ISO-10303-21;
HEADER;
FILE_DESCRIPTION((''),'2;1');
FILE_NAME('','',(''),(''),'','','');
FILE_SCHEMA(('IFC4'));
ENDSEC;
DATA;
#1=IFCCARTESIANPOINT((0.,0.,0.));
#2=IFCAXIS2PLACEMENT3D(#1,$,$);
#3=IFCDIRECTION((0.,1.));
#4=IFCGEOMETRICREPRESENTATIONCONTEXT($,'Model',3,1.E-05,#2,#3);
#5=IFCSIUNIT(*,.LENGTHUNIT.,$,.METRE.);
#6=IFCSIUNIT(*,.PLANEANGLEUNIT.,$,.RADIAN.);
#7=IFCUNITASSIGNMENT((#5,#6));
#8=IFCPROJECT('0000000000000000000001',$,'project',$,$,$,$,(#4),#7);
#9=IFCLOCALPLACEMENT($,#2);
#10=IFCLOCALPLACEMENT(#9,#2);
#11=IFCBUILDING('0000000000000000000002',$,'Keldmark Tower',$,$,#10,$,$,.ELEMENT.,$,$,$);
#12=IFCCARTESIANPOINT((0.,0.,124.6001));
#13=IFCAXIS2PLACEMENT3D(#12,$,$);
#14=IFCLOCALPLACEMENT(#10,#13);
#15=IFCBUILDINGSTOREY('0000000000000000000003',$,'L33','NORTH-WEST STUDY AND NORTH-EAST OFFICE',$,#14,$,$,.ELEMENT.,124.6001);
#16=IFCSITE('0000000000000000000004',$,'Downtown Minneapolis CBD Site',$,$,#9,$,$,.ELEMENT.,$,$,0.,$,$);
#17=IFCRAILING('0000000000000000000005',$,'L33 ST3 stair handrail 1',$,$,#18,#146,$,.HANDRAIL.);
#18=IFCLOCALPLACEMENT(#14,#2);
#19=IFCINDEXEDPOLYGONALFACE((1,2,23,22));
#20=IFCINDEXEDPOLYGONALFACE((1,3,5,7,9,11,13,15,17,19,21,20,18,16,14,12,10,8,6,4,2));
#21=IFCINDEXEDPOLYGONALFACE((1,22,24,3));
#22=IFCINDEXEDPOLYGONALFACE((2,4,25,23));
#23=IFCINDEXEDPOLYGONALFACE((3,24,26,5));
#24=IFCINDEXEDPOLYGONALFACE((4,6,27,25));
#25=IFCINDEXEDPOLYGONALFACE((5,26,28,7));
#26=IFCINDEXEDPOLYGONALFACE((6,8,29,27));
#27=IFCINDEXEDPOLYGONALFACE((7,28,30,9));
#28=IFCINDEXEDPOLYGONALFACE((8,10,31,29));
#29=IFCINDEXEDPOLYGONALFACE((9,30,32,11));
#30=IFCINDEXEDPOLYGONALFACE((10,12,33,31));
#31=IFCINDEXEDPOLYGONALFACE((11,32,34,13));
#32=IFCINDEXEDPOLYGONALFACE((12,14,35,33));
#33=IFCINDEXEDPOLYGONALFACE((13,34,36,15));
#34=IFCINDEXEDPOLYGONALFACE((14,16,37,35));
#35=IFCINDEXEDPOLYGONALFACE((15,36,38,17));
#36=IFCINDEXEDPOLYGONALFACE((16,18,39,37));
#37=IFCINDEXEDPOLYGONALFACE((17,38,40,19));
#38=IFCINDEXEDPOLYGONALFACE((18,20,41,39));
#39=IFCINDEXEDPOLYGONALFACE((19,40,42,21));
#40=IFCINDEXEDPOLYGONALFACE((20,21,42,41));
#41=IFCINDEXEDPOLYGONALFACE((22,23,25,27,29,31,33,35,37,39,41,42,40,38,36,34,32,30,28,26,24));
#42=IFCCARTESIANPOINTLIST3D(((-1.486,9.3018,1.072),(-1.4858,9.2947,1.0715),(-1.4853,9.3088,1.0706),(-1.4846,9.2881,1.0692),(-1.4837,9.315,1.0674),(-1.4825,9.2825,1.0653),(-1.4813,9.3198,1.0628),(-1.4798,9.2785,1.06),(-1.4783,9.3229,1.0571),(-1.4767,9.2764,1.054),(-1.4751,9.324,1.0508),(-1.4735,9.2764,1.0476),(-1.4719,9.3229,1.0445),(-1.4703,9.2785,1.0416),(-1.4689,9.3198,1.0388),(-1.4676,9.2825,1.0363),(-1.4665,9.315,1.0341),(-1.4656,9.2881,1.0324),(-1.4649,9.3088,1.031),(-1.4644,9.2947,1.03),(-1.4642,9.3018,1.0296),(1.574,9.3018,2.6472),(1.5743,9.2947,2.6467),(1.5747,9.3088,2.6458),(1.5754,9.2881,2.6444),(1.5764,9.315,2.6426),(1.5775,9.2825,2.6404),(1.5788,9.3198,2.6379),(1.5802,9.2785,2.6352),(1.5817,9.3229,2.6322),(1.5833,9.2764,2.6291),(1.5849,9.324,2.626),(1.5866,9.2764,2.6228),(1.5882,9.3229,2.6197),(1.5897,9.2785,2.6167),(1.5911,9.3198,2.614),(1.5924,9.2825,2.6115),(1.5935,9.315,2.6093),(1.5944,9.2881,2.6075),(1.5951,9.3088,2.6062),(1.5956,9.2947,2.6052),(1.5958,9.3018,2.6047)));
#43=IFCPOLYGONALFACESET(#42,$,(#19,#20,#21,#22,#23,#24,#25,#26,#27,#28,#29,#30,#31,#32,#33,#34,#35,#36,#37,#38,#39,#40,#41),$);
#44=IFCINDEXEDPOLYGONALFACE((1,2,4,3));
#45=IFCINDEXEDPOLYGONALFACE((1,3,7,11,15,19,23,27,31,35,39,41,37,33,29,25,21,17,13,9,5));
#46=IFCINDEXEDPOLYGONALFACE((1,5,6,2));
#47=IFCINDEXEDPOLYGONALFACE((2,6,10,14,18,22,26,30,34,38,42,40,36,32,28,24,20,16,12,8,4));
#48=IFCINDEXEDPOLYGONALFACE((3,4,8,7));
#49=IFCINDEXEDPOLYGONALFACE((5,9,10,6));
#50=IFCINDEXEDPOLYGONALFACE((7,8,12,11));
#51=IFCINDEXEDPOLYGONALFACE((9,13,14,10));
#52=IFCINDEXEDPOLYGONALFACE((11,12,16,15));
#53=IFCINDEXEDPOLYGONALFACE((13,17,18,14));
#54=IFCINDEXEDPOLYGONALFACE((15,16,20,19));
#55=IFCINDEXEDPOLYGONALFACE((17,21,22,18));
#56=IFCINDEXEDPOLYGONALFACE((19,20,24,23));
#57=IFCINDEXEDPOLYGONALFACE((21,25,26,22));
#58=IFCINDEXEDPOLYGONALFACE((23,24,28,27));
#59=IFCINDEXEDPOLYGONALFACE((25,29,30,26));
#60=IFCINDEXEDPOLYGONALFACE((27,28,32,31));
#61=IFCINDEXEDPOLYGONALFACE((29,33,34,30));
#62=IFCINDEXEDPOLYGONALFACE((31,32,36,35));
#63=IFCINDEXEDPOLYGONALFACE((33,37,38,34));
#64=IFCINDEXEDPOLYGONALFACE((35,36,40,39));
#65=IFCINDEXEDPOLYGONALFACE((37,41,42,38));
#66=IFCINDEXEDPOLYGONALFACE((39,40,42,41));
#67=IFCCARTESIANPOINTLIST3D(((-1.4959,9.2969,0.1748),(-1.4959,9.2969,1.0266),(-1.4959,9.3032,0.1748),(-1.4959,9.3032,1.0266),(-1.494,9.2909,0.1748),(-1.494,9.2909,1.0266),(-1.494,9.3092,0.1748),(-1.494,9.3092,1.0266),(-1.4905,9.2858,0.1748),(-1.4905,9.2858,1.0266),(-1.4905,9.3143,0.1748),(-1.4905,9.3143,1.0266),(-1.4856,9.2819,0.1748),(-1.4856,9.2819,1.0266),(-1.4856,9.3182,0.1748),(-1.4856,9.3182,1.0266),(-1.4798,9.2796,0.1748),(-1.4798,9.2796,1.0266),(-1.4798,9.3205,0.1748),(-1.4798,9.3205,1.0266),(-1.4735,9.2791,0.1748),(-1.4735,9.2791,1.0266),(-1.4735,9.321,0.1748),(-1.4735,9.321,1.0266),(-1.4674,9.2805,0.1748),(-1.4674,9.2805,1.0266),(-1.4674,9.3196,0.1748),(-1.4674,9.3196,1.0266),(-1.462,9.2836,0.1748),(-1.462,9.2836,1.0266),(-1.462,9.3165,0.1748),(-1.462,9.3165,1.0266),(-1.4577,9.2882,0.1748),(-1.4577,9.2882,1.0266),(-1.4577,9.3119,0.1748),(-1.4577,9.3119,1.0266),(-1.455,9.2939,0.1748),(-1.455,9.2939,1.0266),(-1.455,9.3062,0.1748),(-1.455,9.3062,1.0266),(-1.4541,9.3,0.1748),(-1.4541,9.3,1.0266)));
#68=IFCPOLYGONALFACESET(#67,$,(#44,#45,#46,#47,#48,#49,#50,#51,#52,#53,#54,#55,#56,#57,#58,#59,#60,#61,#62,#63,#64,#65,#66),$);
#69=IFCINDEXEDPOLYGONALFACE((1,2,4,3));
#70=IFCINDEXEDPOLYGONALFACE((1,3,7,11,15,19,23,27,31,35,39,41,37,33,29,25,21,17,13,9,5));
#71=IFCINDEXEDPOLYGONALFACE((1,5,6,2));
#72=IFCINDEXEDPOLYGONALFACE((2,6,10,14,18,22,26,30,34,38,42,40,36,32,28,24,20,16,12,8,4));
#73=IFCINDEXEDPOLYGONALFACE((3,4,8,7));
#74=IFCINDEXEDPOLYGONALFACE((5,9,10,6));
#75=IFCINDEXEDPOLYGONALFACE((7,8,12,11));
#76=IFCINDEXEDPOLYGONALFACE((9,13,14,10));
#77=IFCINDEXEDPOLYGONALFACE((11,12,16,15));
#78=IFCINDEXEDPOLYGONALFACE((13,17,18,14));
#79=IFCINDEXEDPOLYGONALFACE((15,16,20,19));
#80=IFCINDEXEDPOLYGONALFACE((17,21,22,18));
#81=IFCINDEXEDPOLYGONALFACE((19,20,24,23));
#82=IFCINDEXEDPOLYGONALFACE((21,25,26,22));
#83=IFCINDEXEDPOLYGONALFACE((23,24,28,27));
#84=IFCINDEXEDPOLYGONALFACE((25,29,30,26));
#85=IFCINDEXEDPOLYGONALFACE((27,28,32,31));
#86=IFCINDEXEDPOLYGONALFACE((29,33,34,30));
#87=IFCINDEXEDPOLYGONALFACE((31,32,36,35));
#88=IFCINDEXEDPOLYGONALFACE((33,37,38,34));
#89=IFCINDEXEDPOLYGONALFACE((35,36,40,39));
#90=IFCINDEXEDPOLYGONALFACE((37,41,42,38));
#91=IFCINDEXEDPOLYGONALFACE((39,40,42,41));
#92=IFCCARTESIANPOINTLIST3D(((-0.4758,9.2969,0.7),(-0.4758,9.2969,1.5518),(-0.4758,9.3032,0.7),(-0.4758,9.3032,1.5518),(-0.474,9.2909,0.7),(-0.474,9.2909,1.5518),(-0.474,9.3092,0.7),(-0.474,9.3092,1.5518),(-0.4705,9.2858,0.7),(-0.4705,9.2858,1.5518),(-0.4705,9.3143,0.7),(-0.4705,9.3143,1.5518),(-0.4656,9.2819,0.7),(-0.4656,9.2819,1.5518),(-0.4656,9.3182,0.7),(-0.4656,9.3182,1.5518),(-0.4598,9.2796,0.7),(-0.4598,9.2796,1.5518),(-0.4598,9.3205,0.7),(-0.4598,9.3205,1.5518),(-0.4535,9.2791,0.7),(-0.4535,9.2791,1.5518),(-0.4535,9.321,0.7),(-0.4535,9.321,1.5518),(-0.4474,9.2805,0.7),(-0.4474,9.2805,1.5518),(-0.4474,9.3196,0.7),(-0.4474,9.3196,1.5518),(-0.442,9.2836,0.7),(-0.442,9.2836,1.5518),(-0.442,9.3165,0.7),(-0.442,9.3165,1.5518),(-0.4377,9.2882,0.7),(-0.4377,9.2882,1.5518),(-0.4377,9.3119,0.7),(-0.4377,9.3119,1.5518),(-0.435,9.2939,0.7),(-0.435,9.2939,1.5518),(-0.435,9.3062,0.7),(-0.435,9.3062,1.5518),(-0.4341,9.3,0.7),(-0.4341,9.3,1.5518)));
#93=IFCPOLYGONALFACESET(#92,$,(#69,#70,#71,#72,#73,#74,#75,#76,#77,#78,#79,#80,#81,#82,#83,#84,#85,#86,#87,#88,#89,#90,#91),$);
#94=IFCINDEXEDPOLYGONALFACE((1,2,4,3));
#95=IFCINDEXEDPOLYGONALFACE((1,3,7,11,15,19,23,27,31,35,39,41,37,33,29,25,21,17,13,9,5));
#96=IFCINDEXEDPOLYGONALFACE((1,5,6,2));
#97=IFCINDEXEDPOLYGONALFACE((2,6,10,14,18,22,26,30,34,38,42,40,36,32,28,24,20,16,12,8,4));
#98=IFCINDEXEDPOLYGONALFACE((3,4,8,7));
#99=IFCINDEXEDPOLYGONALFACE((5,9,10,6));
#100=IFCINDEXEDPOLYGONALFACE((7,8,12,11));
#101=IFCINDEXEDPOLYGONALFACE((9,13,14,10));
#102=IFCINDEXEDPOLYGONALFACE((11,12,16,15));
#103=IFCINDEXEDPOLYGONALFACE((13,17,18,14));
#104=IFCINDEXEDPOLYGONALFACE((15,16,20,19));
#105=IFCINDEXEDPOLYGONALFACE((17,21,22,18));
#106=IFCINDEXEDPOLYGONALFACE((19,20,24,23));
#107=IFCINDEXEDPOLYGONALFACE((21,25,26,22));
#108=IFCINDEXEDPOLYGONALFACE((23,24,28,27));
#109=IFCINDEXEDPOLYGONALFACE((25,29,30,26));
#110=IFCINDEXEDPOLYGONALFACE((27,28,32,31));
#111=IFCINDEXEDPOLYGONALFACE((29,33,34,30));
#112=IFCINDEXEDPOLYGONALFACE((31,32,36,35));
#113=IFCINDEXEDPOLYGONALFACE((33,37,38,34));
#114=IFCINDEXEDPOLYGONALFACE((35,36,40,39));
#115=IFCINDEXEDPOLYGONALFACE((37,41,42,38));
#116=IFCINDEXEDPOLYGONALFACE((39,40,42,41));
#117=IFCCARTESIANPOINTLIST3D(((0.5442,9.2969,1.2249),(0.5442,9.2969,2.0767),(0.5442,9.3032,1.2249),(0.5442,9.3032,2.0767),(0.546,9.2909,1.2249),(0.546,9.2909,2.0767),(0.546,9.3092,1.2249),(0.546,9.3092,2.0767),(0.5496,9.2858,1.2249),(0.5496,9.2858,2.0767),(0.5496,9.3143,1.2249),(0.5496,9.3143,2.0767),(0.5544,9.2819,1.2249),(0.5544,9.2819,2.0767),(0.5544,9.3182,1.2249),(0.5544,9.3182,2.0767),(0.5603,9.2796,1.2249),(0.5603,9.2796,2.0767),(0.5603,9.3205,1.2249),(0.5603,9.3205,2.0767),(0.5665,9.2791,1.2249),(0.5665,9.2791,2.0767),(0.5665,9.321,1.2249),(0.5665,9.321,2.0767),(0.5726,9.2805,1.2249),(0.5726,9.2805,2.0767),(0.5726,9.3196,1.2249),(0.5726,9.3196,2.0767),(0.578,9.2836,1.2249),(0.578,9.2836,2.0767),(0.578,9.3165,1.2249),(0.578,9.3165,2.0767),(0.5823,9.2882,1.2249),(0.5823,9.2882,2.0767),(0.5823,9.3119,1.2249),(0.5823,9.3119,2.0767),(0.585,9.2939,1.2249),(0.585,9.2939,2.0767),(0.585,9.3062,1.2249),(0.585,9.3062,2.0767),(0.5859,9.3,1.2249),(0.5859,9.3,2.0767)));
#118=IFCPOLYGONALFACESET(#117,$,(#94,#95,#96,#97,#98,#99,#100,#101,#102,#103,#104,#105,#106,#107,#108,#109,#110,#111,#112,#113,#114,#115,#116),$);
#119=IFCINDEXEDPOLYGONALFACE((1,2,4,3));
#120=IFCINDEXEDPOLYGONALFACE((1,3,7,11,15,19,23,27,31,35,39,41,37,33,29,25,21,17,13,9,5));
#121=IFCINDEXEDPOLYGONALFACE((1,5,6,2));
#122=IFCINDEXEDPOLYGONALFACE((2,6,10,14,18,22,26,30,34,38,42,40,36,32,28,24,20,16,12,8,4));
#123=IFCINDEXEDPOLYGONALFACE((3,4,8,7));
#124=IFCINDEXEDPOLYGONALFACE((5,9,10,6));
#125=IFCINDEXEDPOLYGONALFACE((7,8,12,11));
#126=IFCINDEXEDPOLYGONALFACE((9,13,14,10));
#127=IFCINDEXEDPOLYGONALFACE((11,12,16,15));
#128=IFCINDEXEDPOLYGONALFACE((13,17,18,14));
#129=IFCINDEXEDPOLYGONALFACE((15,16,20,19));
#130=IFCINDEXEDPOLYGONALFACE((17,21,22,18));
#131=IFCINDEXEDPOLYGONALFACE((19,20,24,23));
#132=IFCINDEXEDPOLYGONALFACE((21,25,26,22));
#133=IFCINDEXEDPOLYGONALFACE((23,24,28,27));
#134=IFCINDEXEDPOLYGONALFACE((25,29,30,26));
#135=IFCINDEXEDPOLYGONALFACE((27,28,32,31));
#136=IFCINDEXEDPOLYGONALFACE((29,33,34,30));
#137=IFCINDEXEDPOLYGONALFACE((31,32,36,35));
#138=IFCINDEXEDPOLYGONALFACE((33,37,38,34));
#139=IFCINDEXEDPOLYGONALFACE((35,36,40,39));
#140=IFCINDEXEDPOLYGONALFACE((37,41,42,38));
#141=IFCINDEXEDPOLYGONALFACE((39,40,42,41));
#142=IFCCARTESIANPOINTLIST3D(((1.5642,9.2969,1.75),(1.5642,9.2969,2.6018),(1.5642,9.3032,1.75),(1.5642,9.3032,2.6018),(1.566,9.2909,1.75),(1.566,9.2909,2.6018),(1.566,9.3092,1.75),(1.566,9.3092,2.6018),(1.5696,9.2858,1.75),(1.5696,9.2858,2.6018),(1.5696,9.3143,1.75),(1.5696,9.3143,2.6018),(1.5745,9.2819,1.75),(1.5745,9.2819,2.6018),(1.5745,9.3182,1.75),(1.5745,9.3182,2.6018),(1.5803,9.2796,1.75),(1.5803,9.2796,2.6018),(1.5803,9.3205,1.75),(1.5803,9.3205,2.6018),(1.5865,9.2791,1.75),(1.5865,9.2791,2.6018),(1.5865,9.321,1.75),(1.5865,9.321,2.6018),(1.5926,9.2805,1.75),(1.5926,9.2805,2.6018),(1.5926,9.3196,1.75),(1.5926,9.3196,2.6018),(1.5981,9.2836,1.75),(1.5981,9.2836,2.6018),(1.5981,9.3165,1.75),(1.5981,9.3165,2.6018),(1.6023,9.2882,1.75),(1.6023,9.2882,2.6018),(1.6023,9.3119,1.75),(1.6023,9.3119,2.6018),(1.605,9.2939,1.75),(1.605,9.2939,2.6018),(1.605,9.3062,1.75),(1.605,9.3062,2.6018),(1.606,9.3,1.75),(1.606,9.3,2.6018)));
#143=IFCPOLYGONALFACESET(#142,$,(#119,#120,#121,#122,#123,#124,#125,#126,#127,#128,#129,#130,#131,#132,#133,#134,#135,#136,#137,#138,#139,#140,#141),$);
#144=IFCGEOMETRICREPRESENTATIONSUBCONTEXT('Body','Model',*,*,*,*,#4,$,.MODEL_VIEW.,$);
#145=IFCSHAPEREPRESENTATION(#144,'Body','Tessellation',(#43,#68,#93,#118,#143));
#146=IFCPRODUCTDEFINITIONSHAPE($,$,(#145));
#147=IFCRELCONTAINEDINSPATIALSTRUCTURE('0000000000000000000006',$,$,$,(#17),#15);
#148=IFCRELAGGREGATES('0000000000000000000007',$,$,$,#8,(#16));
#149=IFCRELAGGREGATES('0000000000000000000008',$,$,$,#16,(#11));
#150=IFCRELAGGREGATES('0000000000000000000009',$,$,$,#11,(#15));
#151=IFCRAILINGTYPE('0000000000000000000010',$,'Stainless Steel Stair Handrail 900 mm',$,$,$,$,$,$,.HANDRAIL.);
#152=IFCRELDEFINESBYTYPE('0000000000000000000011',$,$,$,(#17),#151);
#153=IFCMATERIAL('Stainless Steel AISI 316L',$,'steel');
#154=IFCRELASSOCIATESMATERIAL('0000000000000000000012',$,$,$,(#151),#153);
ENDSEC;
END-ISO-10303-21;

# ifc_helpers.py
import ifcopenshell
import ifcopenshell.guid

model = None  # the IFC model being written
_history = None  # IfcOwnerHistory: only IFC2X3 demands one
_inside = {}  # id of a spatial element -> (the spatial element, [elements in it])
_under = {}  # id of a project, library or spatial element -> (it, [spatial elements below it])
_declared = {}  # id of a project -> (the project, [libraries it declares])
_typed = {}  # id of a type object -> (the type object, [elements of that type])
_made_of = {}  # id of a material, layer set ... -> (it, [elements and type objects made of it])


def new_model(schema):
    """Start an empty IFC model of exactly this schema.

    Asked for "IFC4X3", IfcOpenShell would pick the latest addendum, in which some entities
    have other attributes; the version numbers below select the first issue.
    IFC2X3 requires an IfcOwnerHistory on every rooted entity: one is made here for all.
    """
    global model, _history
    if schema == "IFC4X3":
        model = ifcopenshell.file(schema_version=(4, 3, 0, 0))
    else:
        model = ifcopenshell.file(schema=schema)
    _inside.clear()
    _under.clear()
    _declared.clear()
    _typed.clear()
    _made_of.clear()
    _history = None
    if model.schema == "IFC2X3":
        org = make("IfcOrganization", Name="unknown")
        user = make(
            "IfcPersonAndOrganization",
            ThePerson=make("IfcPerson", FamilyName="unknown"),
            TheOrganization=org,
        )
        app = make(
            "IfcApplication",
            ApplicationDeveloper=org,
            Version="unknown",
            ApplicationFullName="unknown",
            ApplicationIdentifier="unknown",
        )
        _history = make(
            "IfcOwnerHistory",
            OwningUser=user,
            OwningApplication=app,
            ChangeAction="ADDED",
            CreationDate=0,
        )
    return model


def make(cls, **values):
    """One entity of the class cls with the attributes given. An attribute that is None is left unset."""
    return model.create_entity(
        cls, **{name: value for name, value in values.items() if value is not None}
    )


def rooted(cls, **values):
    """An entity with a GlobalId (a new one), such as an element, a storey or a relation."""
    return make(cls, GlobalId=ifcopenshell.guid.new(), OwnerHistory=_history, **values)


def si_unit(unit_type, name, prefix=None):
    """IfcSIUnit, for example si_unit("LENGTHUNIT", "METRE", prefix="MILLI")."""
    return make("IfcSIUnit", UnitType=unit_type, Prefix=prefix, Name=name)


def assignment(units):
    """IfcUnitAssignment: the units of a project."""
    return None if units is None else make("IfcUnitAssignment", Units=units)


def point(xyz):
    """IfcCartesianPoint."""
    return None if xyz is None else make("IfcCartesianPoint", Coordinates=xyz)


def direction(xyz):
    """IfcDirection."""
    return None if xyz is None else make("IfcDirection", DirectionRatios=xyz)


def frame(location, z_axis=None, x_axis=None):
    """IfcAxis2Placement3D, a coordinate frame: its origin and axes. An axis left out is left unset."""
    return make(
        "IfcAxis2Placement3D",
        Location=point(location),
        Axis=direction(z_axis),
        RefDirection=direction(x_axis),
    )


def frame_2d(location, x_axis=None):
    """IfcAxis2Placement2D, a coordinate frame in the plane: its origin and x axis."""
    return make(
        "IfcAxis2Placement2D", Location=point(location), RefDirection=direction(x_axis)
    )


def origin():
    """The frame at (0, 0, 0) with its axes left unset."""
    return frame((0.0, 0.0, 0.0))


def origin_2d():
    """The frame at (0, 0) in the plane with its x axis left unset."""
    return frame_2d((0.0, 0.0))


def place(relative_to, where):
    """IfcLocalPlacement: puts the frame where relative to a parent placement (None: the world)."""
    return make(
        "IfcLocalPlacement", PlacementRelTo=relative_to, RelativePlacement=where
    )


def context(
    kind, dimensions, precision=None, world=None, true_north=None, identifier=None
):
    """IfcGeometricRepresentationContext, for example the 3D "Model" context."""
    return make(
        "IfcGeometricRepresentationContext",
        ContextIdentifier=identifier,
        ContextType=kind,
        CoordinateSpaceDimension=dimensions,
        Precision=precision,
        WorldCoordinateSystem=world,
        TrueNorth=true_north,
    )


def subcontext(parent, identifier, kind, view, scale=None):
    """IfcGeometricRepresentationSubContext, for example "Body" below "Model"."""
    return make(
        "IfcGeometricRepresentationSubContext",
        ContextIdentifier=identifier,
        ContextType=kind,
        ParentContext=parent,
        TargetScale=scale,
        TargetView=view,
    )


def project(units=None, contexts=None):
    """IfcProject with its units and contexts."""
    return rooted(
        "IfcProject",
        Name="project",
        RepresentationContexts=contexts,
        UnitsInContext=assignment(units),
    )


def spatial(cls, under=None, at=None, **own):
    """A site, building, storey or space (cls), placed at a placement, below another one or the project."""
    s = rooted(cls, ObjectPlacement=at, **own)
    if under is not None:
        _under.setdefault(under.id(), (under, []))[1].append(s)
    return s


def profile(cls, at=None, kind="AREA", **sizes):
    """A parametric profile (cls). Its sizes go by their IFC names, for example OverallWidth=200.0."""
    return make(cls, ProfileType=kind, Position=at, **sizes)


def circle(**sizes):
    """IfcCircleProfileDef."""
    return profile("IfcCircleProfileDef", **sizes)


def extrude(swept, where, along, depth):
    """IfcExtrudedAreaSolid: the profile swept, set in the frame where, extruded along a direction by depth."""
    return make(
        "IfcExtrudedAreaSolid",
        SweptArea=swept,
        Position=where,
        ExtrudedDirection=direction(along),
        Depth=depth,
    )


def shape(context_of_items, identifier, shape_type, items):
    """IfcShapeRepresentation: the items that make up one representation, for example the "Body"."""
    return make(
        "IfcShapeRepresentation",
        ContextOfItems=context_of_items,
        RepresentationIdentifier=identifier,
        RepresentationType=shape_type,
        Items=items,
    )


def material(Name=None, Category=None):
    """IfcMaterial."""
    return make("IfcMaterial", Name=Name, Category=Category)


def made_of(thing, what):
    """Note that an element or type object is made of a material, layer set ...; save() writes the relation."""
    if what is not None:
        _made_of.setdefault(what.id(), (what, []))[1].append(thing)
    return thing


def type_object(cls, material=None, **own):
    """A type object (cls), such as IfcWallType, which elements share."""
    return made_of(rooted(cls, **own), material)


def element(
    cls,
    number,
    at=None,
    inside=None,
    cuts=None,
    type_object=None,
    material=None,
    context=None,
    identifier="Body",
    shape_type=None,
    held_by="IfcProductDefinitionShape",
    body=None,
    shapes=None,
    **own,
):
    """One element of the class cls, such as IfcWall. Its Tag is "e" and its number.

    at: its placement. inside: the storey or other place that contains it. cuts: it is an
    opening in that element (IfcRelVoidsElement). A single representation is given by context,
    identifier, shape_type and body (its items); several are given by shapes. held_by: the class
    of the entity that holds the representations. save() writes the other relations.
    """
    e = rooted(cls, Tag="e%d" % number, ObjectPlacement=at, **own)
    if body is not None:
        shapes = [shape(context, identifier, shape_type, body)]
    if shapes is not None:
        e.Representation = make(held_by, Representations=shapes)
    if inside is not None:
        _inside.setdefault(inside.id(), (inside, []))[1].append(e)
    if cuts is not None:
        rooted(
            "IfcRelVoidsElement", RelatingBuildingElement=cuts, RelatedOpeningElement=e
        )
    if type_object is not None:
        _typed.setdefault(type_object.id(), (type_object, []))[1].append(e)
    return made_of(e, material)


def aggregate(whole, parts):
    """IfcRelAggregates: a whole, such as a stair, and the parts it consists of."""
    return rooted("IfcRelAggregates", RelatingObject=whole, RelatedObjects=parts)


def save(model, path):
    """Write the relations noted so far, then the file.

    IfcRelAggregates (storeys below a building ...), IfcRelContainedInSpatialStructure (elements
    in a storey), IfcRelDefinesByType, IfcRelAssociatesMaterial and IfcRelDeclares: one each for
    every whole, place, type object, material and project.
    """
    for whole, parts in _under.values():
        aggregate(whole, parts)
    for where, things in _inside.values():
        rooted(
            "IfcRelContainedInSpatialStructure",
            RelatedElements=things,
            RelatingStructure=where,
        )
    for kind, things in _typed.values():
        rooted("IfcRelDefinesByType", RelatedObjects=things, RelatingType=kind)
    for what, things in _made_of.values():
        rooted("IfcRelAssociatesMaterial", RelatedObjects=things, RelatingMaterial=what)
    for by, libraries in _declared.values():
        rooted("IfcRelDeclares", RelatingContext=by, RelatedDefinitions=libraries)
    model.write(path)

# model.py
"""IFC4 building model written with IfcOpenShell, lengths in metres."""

from ifc_helpers import new_model, si_unit, direction, frame, origin, origin_2d, place, context, subcontext, project, spatial, circle, extrude, material, type_object, element, save


model = new_model("IFC4")

# Units and contexts
model_context = context("Model", 3, precision=1e-05, world=origin(), true_north=direction((0.0, 1.0)))
body_context = subcontext(model_context, "Body", "Model", "MODEL_VIEW")
ifc_project = project(units=[si_unit("LENGTHUNIT", "METRE"), si_unit("PLANEANGLEUNIT", "RADIAN")], contexts=[model_context])

# Site, building, storey
site_placement = place(None, origin())
site = spatial("IfcSite", under=ifc_project, at=site_placement, Name="Downtown Minneapolis CBD Site", CompositionType="ELEMENT", RefElevation=0.0)
building_placement = place(site_placement, origin())
building = spatial("IfcBuilding", under=site, at=building_placement, Name="Keldmark Tower", CompositionType="ELEMENT")
storey_placement = place(building_placement, frame((0.0, 0.0, 124.6001)))
storey = spatial("IfcBuildingStorey", under=building, at=storey_placement, Name="L33", Description="NORTH-WEST STUDY AND NORTH-EAST OFFICE", CompositionType="ELEMENT", Elevation=124.6001)

# Railing
ifc_material_1 = material(Name="Stainless Steel AISI 316L", Category="steel")
railing_type = type_object("IfcRailingType", Name="Stainless Steel Stair Handrail 900 mm", PredefinedType="HANDRAIL", material=ifc_material_1)
railing_placement = place(storey_placement, frame((-1.4751, 9.3, 0.1748)))
element("IfcRailing", 1, at=railing_placement, inside=storey, type_object=railing_type, Name="L33 ST3 stair handrail 1", PredefinedType="HANDRAIL", context=body_context, shape_type="SweptSolid", body=[
    extrude(circle(Radius=0.0239, at=origin_2d()), frame((0.0, 0.0, 0.876), z_axis=(0.889116, 0.0, 0.457681), x_axis=(0.0, 1.0, 0.0)), (0.0, 0.0, 1.0), 3.4417),
    extrude(circle(Radius=0.021, at=origin_2d()), origin(), (0.0, 0.0, 1.0), 0.8518),
    extrude(circle(Radius=0.021, at=origin_2d()), frame((1.02, 0.0, 0.5251)), (0.0, 0.0, 1.0), 0.8518),
    extrude(circle(Radius=0.021, at=origin_2d()), frame((2.04, 0.0, 1.05)), (0.0, 0.0, 1.0), 0.8518),
    extrude(circle(Radius=0.021, at=origin_2d()), frame((3.0601, 0.0, 1.5752)), (0.0, 0.0, 1.0), 0.8518),
])

save(model, "model.ifc")
